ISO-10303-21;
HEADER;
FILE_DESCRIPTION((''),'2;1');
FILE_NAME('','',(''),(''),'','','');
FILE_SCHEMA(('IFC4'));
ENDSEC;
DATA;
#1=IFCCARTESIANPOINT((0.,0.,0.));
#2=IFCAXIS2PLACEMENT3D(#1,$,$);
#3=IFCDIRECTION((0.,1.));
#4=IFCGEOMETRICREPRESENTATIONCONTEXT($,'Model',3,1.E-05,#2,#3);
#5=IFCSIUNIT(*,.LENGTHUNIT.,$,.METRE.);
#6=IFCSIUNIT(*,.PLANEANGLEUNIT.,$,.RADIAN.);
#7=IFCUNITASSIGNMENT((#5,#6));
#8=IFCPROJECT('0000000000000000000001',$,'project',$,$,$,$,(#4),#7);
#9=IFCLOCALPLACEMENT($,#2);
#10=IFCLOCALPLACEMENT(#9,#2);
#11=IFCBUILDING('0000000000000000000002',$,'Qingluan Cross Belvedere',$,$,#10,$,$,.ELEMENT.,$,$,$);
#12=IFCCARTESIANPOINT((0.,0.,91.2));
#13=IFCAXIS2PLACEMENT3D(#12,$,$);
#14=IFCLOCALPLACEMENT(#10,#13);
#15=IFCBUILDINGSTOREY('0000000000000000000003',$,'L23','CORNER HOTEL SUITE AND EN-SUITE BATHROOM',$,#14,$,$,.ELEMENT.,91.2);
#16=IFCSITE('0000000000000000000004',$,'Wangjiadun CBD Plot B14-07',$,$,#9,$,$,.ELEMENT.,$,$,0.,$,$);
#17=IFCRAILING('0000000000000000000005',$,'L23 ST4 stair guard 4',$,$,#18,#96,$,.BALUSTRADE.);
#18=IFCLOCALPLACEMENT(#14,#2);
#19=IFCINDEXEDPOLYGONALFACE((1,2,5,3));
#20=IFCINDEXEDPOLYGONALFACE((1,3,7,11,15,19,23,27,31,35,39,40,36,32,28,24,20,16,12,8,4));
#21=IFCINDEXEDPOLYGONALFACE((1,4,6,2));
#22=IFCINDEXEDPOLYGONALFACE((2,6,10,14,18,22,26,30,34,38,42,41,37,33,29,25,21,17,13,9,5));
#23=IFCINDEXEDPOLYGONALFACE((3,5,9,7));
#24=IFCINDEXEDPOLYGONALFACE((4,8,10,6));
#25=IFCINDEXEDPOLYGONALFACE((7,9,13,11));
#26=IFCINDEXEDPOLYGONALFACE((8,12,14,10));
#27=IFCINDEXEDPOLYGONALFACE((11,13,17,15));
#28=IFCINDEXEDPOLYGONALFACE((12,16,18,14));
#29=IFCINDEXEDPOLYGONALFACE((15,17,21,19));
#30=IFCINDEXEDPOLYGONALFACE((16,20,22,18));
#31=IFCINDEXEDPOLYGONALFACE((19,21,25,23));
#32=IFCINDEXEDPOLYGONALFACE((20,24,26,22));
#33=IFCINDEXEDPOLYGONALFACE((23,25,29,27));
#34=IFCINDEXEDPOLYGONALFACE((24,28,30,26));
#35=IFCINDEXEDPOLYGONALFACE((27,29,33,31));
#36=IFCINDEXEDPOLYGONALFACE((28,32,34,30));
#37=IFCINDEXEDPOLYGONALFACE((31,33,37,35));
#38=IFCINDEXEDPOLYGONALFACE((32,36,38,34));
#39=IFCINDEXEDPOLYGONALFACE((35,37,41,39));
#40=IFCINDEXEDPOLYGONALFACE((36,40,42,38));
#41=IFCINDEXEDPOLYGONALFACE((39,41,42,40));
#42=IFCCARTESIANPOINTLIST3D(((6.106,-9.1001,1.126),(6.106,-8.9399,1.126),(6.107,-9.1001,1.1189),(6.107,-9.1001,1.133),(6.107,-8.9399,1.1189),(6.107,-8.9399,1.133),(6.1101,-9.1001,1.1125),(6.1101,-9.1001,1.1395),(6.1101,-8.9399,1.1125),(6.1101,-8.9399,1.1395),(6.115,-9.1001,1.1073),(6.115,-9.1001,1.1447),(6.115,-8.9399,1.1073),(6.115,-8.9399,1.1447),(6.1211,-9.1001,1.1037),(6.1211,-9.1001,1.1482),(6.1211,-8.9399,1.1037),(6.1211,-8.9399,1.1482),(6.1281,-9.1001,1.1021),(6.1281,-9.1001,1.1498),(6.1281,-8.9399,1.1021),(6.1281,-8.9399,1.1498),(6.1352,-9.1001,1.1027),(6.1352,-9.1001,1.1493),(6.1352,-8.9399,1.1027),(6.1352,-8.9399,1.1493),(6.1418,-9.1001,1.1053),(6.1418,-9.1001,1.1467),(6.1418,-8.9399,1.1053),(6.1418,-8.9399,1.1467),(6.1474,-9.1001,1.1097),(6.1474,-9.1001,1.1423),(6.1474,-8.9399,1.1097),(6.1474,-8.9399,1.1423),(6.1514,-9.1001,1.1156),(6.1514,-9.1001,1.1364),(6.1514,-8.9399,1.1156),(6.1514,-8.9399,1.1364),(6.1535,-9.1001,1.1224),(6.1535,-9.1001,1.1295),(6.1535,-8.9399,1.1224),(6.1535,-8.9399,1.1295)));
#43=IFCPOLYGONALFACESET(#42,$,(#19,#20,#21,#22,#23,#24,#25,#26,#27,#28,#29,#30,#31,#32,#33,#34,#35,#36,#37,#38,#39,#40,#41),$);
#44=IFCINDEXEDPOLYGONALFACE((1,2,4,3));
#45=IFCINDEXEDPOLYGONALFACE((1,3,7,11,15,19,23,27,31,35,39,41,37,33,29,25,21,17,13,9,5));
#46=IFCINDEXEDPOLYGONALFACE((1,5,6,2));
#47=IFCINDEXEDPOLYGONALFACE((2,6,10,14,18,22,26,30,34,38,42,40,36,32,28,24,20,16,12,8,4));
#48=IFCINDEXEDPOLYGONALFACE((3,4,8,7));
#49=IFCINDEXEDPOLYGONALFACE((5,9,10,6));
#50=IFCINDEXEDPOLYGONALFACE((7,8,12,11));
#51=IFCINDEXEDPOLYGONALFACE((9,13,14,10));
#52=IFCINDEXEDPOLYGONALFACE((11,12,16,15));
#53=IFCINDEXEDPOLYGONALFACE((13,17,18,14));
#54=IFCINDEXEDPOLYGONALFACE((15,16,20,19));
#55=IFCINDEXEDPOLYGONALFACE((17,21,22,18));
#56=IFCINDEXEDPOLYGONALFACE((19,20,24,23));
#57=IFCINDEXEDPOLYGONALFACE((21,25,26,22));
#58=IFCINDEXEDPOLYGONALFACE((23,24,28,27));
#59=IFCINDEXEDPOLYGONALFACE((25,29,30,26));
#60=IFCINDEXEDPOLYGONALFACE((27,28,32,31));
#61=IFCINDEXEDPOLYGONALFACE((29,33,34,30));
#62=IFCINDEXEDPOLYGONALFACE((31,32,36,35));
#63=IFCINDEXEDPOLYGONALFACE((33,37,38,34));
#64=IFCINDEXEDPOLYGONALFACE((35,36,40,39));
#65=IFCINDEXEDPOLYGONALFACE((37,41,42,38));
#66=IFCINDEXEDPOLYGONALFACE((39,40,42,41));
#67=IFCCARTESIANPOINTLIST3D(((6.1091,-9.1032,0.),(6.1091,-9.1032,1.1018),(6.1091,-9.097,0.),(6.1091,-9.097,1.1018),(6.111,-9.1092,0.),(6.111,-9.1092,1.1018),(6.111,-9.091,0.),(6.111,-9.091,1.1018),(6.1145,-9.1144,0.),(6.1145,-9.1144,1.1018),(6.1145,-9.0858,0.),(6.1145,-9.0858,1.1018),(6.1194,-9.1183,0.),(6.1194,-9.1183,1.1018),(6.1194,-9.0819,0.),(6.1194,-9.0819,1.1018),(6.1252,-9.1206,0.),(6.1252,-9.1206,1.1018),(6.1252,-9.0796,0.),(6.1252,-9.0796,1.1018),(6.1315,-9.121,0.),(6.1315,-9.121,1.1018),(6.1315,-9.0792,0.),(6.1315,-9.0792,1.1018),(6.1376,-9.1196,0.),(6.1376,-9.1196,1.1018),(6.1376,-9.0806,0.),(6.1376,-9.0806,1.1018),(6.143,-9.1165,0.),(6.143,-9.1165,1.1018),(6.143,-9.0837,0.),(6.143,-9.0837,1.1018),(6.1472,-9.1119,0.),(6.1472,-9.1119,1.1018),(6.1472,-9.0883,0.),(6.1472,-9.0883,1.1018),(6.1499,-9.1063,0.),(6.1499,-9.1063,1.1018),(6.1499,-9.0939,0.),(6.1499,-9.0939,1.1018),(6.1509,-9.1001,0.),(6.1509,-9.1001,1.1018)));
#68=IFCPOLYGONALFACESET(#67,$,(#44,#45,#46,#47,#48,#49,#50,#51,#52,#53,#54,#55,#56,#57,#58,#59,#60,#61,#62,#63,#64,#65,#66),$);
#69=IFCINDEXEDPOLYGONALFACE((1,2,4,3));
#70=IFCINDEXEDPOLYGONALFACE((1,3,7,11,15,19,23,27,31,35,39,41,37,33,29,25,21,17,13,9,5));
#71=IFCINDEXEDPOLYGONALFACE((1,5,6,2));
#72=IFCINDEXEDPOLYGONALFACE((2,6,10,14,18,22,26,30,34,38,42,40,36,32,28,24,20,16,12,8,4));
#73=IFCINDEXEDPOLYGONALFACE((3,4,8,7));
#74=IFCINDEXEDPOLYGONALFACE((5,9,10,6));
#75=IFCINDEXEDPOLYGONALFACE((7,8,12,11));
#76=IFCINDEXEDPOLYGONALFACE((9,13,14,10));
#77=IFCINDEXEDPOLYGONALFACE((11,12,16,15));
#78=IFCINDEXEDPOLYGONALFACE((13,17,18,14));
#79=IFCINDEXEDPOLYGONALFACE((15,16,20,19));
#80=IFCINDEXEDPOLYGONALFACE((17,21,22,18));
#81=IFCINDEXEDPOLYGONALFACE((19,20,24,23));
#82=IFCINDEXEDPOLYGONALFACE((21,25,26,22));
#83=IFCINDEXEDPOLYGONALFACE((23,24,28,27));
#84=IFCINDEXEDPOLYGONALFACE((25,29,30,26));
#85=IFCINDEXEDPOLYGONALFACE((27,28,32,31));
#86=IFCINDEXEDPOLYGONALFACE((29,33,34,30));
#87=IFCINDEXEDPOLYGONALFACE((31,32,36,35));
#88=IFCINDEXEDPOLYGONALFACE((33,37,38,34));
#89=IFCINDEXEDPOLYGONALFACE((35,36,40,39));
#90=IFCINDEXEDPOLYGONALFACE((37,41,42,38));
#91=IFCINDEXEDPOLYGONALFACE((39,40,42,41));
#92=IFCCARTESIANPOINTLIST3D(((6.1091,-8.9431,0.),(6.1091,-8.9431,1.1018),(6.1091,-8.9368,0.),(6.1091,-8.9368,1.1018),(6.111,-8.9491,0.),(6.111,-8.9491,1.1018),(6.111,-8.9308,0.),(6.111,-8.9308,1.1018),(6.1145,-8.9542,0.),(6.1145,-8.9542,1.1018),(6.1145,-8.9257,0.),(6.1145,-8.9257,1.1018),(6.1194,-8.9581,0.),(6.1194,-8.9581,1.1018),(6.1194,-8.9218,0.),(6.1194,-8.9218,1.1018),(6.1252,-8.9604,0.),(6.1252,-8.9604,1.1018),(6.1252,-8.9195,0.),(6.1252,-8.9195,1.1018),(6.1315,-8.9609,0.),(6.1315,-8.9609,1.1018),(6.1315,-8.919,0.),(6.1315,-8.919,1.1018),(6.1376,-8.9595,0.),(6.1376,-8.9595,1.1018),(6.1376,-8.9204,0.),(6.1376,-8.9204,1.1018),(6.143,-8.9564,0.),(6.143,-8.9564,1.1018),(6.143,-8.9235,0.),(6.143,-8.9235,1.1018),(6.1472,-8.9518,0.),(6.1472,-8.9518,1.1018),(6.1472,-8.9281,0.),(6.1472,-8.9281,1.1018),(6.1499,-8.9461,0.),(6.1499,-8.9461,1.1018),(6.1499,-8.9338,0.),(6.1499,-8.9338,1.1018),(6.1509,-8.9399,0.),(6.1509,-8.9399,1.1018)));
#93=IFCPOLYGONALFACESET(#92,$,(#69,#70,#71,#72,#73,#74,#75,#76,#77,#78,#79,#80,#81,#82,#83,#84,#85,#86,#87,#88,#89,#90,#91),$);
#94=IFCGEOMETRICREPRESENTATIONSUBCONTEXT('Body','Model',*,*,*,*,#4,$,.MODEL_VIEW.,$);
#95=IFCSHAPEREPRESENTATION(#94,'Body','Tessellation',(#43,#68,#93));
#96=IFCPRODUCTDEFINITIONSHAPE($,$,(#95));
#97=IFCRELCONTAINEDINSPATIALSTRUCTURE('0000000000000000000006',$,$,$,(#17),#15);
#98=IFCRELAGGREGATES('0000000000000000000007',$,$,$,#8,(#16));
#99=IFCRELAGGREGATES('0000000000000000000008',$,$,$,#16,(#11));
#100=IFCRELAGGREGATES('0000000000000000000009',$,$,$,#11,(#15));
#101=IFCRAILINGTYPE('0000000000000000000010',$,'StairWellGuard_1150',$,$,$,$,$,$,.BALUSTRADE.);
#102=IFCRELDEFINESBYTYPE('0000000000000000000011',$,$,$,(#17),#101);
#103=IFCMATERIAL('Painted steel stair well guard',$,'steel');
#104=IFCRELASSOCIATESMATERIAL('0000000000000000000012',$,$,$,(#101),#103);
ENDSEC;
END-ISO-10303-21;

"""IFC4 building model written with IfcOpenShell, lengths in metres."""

from ifc_helpers import new_model, si_unit, direction, frame, origin, origin_2d, place, context, subcontext, project, spatial, circle, extrude, material, type_object, element, save


model = new_model("IFC4")

# Units and contexts
model_context = context("Model", 3, precision=1e-05, world=origin(), true_north=direction((0.0, 1.0)))
body_context = subcontext(model_context, "Body", "Model", "MODEL_VIEW")
ifc_project = project(units=[si_unit("LENGTHUNIT", "METRE"), si_unit("PLANEANGLEUNIT", "RADIAN")], contexts=[model_context])

# Site, building, storey
site_placement = place(None, origin())
site = spatial("IfcSite", under=ifc_project, at=site_placement, Name="Wangjiadun CBD Plot B14-07", CompositionType="ELEMENT", RefElevation=0.0)
building_placement = place(site_placement, origin())
building = spatial("IfcBuilding", under=site, at=building_placement, Name="Qingluan Cross Belvedere", CompositionType="ELEMENT")
storey_placement = place(building_placement, frame((0.0, 0.0, 91.2)))
storey = spatial("IfcBuildingStorey", under=building, at=storey_placement, Name="L23", Description="CORNER HOTEL SUITE AND EN-SUITE BATHROOM", CompositionType="ELEMENT", Elevation=91.2)

# Railing
ifc_material_1 = material(Name="Painted steel stair well guard", Category="steel")
railing_type_1 = type_object("IfcRailingType", Name="StairWellGuard_1150", PredefinedType="BALUSTRADE", material=ifc_material_1)
railing_1_placement = place(storey_placement, frame((6.1299, -9.1001, 0.0)))
element("IfcRailing", 1, at=railing_1_placement, inside=storey, type_object=railing_type_1, Name="L23 ST4 stair guard 4", PredefinedType="BALUSTRADE", context=body_context, shape_type="SweptSolid", body=[
    extrude(circle(Radius=0.0239, at=origin_2d()), frame((0.0, 0.0, 1.126), z_axis=(0.0, 1.0, 0.0), x_axis=(-1.0, 0.0, 0.0)), (0.0, 0.0, 1.0), 0.1602),
    extrude(circle(Radius=0.021, at=origin_2d()), origin(), (0.0, 0.0, 1.0), 1.1018),
    extrude(circle(Radius=0.021, at=origin_2d()), frame((0.0, 0.1602, 0.0)), (0.0, 0.0, 1.0), 1.1018),
])

save(model, "model.ifc")
